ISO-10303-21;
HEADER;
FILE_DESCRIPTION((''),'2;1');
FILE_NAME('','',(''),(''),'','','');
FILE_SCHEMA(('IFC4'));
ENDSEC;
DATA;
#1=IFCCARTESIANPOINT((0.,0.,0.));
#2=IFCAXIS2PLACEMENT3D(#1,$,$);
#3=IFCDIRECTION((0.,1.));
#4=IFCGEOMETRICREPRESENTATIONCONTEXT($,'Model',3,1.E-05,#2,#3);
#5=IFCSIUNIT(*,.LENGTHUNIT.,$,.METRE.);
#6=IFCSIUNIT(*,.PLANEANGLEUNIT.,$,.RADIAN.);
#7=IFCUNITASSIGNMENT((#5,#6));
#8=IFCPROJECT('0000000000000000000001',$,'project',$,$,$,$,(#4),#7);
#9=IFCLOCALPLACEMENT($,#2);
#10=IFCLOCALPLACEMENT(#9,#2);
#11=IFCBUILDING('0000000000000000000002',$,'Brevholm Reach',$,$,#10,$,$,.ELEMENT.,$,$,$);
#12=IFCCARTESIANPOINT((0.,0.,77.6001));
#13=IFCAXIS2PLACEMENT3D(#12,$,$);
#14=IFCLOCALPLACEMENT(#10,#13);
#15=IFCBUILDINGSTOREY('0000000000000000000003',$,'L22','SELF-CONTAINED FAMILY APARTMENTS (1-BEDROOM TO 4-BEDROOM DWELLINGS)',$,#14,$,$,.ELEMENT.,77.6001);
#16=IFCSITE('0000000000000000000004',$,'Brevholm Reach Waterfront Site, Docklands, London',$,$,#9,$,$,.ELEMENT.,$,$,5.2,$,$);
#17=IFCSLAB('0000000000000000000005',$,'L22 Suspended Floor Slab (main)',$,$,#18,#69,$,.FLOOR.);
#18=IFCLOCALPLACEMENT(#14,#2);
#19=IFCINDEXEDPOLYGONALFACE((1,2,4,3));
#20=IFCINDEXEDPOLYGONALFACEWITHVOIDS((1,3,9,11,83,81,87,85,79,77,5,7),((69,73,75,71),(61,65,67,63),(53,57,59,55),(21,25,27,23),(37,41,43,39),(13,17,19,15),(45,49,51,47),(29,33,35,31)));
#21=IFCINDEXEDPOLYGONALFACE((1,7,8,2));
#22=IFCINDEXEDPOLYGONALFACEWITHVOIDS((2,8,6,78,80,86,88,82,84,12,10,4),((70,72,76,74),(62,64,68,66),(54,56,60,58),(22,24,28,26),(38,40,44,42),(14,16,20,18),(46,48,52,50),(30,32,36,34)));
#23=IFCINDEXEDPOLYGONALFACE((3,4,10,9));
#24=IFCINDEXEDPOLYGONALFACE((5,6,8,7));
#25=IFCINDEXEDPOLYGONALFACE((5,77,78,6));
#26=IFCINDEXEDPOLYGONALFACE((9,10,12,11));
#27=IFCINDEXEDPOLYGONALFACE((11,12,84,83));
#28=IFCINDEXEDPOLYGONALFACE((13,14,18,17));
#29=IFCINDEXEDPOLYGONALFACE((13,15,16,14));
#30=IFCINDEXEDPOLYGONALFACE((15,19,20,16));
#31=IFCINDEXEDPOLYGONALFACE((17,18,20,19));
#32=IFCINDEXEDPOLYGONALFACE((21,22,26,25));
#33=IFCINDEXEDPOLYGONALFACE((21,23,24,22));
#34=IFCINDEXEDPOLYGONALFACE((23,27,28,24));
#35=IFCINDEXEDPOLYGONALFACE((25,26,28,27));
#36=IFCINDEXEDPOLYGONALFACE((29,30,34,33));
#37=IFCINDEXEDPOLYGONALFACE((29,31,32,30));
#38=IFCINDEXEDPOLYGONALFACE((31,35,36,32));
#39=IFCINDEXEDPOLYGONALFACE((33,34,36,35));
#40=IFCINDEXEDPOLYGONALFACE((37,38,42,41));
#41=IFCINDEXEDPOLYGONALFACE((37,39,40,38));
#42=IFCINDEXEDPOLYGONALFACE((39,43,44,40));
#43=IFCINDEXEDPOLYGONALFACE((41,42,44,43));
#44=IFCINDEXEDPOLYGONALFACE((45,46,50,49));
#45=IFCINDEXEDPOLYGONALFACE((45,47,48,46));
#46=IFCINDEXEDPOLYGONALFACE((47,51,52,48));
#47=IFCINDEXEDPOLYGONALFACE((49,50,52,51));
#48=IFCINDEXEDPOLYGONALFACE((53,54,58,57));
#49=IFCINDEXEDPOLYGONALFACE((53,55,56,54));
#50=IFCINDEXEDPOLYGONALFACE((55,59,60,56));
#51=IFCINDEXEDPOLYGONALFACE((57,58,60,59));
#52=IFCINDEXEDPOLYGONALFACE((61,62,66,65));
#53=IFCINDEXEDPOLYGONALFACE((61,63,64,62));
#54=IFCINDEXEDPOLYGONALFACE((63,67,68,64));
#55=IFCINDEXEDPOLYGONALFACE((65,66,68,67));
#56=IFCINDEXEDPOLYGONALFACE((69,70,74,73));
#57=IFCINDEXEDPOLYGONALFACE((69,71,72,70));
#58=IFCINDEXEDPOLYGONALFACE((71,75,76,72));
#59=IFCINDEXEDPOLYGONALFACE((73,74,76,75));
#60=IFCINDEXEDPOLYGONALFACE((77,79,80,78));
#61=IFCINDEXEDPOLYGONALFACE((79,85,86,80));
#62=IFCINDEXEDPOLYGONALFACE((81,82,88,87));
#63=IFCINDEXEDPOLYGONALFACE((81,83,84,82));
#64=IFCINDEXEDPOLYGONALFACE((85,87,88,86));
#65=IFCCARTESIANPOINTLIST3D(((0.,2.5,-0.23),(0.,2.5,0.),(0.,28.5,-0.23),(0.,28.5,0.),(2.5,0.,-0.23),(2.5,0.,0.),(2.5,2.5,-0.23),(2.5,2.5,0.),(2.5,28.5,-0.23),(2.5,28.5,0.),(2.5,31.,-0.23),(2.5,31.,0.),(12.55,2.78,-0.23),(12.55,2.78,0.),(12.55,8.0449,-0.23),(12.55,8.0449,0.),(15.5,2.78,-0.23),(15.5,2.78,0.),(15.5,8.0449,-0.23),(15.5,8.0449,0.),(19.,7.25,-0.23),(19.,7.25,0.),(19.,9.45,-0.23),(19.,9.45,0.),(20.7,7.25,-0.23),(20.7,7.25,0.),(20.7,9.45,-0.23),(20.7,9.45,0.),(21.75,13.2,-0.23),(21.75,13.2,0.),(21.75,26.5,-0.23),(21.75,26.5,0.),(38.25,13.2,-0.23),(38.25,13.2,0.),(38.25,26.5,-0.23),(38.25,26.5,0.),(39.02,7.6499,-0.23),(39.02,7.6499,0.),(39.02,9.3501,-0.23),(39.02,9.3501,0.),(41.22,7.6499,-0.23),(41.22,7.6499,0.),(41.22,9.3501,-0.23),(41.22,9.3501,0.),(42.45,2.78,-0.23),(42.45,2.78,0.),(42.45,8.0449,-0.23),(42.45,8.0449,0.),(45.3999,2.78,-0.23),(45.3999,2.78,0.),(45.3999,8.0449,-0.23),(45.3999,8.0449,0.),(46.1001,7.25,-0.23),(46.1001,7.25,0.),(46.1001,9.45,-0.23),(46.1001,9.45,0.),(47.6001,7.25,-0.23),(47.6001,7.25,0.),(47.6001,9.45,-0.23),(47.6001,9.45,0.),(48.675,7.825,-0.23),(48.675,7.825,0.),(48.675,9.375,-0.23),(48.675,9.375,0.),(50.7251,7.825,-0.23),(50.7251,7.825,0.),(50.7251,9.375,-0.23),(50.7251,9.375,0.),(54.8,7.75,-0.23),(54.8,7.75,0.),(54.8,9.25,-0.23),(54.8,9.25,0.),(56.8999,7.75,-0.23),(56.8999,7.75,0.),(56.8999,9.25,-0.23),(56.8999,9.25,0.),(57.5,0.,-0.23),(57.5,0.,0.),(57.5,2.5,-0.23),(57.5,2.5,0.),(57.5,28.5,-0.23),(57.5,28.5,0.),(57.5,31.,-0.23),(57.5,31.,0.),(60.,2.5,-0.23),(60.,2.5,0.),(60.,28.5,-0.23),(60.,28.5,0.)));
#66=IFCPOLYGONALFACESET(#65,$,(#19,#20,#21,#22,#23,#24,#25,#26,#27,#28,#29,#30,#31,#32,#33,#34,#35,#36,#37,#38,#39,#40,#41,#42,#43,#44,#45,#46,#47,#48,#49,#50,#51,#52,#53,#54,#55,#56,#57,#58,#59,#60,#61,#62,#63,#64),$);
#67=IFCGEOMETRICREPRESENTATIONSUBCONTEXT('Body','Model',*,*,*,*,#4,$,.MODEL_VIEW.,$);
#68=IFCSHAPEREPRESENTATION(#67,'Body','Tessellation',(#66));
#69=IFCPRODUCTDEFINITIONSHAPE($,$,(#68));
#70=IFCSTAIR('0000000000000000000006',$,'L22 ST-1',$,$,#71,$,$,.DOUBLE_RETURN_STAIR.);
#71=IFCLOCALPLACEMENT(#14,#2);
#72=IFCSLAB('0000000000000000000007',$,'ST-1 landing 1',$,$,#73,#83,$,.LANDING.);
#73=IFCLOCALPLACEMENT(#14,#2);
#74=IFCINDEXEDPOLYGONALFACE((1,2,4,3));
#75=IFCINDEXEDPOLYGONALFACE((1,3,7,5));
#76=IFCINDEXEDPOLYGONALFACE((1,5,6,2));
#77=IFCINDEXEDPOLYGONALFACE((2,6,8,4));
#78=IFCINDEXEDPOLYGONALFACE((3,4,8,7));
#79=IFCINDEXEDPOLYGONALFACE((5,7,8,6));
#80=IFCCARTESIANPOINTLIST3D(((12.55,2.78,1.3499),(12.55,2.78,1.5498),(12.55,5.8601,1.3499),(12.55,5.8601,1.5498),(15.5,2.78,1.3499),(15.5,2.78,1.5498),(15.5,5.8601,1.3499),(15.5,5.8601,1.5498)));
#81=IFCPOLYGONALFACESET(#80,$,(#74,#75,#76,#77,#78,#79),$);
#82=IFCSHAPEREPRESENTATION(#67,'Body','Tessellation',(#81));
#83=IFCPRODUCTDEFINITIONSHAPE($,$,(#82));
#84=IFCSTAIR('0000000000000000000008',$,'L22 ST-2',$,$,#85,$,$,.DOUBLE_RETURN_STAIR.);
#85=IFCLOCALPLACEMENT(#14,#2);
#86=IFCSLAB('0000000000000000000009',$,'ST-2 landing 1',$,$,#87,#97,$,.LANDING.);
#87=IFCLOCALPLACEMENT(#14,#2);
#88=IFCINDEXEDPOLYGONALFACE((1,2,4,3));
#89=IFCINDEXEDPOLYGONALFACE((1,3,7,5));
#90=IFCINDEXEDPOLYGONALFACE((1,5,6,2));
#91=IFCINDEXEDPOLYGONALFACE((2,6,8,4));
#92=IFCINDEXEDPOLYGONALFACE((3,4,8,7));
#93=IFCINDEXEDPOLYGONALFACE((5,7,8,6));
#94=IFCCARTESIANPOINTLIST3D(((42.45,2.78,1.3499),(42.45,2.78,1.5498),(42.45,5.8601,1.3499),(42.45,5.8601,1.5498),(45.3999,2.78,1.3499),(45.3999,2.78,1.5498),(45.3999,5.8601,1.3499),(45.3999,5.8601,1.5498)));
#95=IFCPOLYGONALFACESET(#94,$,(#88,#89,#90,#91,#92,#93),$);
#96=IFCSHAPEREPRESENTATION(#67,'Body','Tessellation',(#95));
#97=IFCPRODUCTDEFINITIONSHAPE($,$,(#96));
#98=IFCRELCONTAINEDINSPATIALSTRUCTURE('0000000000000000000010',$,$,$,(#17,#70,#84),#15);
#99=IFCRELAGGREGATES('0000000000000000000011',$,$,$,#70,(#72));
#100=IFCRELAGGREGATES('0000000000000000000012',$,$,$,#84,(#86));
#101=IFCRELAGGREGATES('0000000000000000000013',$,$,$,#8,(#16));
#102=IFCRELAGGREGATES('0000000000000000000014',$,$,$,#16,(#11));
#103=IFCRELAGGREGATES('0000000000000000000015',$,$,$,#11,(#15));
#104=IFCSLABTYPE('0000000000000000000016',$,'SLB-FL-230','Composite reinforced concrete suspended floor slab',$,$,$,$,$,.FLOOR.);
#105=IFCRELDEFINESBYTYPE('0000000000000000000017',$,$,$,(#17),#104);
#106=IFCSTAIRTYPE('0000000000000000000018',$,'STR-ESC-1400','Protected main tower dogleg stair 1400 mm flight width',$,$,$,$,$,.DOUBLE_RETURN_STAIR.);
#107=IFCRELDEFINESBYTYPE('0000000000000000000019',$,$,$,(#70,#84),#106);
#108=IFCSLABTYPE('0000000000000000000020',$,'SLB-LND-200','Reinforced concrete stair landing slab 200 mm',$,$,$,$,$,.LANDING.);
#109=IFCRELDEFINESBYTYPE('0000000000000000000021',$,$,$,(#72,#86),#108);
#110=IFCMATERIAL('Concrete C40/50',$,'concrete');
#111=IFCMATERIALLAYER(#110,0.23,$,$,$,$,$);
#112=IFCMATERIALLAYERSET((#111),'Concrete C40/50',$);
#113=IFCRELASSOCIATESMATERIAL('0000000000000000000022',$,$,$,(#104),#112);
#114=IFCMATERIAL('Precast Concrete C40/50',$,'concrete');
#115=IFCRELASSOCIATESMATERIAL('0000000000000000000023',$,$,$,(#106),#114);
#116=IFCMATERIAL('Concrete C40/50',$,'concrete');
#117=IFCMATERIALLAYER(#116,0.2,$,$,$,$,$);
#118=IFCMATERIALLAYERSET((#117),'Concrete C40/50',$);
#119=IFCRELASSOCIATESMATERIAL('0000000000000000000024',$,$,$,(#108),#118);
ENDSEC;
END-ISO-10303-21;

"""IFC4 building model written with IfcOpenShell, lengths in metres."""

from ifc_helpers import new_model, si_unit, direction, frame, origin, place, context, subcontext, project, spatial, polyline, outline, extrude, material, layer, layer_set, type_object, element, aggregate, save


model = new_model("IFC4")

# Units and contexts
model_context = context("Model", 3, precision=1e-05, world=origin(), true_north=direction((0.0, 1.0)))
body_context = subcontext(model_context, "Body", "Model", "MODEL_VIEW")
ifc_project = project(units=[si_unit("LENGTHUNIT", "METRE"), si_unit("PLANEANGLEUNIT", "RADIAN")], contexts=[model_context])

# Site, building, storey
site_placement = place(None, origin())
site = spatial("IfcSite", under=ifc_project, at=site_placement, Name="Brevholm Reach Waterfront Site, Docklands, London", CompositionType="ELEMENT", RefElevation=5.2)
building_placement = place(site_placement, origin())
building = spatial("IfcBuilding", under=site, at=building_placement, Name="Brevholm Reach", CompositionType="ELEMENT")
storey_placement = place(building_placement, frame((0.0, 0.0, 77.6001)))
storey = spatial("IfcBuildingStorey", under=building, at=storey_placement, Name="L22", Description="SELF-CONTAINED FAMILY APARTMENTS (1-BEDROOM TO 4-BEDROOM DWELLINGS)", CompositionType="ELEMENT", Elevation=77.6001)

# Slab
ifc_material_1 = material(Name="Concrete C40/50", Category="concrete")
ifc_layer_1 = layer(ifc_material_1, 0.23)
ifc_layer_set_1 = layer_set([ifc_layer_1], Name="Concrete C40/50")
slab_type_1 = type_object("IfcSlabType", Name="SLB-FL-230", Description="Composite reinforced concrete suspended floor slab", PredefinedType="FLOOR", material=ifc_layer_set_1)
slab_1_placement = place(storey_placement, frame((0.0, 0.0, -0.23)))
element("IfcSlab", 1, at=slab_1_placement, inside=storey, type_object=slab_type_1, Name="L22 Suspended Floor Slab (main)", PredefinedType="FLOOR", context=body_context, shape_type="SweptSolid", body=[
    extrude(outline(polyline([(2.5, 0.0), (57.5, 0.0), (57.5, 2.5), (60.0, 2.5), (60.0, 28.5), (57.5, 28.5), (57.5, 31.0), (2.5, 31.0), (2.5, 28.5), (0.0, 28.5), (0.0, 2.5), (2.5, 2.5), (2.5, 0.0)]), holes=[polyline([(21.75, 13.2), (38.25, 13.2), (38.25, 26.5), (21.75, 26.5), (21.75, 13.2)]), polyline([(12.55, 2.78), (15.5, 2.78), (15.5, 8.0449), (12.55, 8.0449), (12.55, 2.78)]), polyline([(42.45, 2.78), (45.3999, 2.78), (45.3999, 8.0449), (42.45, 8.0449), (42.45, 2.78)]), polyline([(19.0, 7.25), (20.7, 7.25), (20.7, 9.45), (19.0, 9.45), (19.0, 7.25)]), polyline([(46.1001, 7.25), (47.6001, 7.25), (47.6001, 9.45), (46.1001, 9.45), (46.1001, 7.25)]), polyline([(48.675, 7.825), (50.7251, 7.825), (50.7251, 9.375), (48.675, 9.375), (48.675, 7.825)]), polyline([(54.8, 7.75), (56.8999, 7.75), (56.8999, 9.25), (54.8, 9.25), (54.8, 7.75)]), polyline([(39.02, 7.6499), (41.22, 7.6499), (41.22, 9.3501), (39.02, 9.3501), (39.02, 7.6499)])]), origin(), (0.0, 0.0, 1.0), 0.23),
])

# Stairs, slabs
ifc_material_2 = material(Name="Precast Concrete C40/50", Category="concrete")
stair_type = type_object("IfcStairType", Name="STR-ESC-1400", Description="Protected main tower dogleg stair 1400 mm flight width", PredefinedType="DOUBLE_RETURN_STAIR", material=ifc_material_2)
stair_1_placement = place(storey_placement, origin())
stair_1 = element("IfcStair", 2, at=stair_1_placement, inside=storey, type_object=stair_type, Name="L22 ST-1", PredefinedType="DOUBLE_RETURN_STAIR")
ifc_material_3 = material(Name="Concrete C40/50", Category="concrete")
ifc_layer_2 = layer(ifc_material_3, 0.2)
ifc_layer_set_2 = layer_set([ifc_layer_2], Name="Concrete C40/50")
slab_type_2 = type_object("IfcSlabType", Name="SLB-LND-200", Description="Reinforced concrete stair landing slab 200 mm", PredefinedType="LANDING", material=ifc_layer_set_2)
slab_2_placement = place(storey_placement, frame((0.0, 0.0, 1.3499)))
slab_2 = element("IfcSlab", 3, at=slab_2_placement, type_object=slab_type_2, Name="ST-1 landing 1", PredefinedType="LANDING", context=body_context, shape_type="SweptSolid", body=[
    extrude(outline(polyline([(12.55, 5.8601), (12.55, 2.78), (15.5, 2.78), (15.5, 5.8601), (12.55, 5.8601)])), origin(), (0.0, 0.0, 1.0), 0.2),
])
aggregate(stair_1, [slab_2])
stair_2_placement = place(storey_placement, origin())
stair_2 = element("IfcStair", 4, at=stair_2_placement, inside=storey, type_object=stair_type, Name="L22 ST-2", PredefinedType="DOUBLE_RETURN_STAIR")
slab_3_placement = place(storey_placement, frame((0.0, 0.0, 1.3499)))
slab_3 = element("IfcSlab", 5, at=slab_3_placement, type_object=slab_type_2, Name="ST-2 landing 1", PredefinedType="LANDING", context=body_context, shape_type="SweptSolid", body=[
    extrude(outline(polyline([(42.45, 5.8601), (42.45, 2.78), (45.3999, 2.78), (45.3999, 5.8601), (42.45, 5.8601)])), origin(), (0.0, 0.0, 1.0), 0.2),
])
aggregate(stair_2, [slab_3])

save(model, "model.ifc")
